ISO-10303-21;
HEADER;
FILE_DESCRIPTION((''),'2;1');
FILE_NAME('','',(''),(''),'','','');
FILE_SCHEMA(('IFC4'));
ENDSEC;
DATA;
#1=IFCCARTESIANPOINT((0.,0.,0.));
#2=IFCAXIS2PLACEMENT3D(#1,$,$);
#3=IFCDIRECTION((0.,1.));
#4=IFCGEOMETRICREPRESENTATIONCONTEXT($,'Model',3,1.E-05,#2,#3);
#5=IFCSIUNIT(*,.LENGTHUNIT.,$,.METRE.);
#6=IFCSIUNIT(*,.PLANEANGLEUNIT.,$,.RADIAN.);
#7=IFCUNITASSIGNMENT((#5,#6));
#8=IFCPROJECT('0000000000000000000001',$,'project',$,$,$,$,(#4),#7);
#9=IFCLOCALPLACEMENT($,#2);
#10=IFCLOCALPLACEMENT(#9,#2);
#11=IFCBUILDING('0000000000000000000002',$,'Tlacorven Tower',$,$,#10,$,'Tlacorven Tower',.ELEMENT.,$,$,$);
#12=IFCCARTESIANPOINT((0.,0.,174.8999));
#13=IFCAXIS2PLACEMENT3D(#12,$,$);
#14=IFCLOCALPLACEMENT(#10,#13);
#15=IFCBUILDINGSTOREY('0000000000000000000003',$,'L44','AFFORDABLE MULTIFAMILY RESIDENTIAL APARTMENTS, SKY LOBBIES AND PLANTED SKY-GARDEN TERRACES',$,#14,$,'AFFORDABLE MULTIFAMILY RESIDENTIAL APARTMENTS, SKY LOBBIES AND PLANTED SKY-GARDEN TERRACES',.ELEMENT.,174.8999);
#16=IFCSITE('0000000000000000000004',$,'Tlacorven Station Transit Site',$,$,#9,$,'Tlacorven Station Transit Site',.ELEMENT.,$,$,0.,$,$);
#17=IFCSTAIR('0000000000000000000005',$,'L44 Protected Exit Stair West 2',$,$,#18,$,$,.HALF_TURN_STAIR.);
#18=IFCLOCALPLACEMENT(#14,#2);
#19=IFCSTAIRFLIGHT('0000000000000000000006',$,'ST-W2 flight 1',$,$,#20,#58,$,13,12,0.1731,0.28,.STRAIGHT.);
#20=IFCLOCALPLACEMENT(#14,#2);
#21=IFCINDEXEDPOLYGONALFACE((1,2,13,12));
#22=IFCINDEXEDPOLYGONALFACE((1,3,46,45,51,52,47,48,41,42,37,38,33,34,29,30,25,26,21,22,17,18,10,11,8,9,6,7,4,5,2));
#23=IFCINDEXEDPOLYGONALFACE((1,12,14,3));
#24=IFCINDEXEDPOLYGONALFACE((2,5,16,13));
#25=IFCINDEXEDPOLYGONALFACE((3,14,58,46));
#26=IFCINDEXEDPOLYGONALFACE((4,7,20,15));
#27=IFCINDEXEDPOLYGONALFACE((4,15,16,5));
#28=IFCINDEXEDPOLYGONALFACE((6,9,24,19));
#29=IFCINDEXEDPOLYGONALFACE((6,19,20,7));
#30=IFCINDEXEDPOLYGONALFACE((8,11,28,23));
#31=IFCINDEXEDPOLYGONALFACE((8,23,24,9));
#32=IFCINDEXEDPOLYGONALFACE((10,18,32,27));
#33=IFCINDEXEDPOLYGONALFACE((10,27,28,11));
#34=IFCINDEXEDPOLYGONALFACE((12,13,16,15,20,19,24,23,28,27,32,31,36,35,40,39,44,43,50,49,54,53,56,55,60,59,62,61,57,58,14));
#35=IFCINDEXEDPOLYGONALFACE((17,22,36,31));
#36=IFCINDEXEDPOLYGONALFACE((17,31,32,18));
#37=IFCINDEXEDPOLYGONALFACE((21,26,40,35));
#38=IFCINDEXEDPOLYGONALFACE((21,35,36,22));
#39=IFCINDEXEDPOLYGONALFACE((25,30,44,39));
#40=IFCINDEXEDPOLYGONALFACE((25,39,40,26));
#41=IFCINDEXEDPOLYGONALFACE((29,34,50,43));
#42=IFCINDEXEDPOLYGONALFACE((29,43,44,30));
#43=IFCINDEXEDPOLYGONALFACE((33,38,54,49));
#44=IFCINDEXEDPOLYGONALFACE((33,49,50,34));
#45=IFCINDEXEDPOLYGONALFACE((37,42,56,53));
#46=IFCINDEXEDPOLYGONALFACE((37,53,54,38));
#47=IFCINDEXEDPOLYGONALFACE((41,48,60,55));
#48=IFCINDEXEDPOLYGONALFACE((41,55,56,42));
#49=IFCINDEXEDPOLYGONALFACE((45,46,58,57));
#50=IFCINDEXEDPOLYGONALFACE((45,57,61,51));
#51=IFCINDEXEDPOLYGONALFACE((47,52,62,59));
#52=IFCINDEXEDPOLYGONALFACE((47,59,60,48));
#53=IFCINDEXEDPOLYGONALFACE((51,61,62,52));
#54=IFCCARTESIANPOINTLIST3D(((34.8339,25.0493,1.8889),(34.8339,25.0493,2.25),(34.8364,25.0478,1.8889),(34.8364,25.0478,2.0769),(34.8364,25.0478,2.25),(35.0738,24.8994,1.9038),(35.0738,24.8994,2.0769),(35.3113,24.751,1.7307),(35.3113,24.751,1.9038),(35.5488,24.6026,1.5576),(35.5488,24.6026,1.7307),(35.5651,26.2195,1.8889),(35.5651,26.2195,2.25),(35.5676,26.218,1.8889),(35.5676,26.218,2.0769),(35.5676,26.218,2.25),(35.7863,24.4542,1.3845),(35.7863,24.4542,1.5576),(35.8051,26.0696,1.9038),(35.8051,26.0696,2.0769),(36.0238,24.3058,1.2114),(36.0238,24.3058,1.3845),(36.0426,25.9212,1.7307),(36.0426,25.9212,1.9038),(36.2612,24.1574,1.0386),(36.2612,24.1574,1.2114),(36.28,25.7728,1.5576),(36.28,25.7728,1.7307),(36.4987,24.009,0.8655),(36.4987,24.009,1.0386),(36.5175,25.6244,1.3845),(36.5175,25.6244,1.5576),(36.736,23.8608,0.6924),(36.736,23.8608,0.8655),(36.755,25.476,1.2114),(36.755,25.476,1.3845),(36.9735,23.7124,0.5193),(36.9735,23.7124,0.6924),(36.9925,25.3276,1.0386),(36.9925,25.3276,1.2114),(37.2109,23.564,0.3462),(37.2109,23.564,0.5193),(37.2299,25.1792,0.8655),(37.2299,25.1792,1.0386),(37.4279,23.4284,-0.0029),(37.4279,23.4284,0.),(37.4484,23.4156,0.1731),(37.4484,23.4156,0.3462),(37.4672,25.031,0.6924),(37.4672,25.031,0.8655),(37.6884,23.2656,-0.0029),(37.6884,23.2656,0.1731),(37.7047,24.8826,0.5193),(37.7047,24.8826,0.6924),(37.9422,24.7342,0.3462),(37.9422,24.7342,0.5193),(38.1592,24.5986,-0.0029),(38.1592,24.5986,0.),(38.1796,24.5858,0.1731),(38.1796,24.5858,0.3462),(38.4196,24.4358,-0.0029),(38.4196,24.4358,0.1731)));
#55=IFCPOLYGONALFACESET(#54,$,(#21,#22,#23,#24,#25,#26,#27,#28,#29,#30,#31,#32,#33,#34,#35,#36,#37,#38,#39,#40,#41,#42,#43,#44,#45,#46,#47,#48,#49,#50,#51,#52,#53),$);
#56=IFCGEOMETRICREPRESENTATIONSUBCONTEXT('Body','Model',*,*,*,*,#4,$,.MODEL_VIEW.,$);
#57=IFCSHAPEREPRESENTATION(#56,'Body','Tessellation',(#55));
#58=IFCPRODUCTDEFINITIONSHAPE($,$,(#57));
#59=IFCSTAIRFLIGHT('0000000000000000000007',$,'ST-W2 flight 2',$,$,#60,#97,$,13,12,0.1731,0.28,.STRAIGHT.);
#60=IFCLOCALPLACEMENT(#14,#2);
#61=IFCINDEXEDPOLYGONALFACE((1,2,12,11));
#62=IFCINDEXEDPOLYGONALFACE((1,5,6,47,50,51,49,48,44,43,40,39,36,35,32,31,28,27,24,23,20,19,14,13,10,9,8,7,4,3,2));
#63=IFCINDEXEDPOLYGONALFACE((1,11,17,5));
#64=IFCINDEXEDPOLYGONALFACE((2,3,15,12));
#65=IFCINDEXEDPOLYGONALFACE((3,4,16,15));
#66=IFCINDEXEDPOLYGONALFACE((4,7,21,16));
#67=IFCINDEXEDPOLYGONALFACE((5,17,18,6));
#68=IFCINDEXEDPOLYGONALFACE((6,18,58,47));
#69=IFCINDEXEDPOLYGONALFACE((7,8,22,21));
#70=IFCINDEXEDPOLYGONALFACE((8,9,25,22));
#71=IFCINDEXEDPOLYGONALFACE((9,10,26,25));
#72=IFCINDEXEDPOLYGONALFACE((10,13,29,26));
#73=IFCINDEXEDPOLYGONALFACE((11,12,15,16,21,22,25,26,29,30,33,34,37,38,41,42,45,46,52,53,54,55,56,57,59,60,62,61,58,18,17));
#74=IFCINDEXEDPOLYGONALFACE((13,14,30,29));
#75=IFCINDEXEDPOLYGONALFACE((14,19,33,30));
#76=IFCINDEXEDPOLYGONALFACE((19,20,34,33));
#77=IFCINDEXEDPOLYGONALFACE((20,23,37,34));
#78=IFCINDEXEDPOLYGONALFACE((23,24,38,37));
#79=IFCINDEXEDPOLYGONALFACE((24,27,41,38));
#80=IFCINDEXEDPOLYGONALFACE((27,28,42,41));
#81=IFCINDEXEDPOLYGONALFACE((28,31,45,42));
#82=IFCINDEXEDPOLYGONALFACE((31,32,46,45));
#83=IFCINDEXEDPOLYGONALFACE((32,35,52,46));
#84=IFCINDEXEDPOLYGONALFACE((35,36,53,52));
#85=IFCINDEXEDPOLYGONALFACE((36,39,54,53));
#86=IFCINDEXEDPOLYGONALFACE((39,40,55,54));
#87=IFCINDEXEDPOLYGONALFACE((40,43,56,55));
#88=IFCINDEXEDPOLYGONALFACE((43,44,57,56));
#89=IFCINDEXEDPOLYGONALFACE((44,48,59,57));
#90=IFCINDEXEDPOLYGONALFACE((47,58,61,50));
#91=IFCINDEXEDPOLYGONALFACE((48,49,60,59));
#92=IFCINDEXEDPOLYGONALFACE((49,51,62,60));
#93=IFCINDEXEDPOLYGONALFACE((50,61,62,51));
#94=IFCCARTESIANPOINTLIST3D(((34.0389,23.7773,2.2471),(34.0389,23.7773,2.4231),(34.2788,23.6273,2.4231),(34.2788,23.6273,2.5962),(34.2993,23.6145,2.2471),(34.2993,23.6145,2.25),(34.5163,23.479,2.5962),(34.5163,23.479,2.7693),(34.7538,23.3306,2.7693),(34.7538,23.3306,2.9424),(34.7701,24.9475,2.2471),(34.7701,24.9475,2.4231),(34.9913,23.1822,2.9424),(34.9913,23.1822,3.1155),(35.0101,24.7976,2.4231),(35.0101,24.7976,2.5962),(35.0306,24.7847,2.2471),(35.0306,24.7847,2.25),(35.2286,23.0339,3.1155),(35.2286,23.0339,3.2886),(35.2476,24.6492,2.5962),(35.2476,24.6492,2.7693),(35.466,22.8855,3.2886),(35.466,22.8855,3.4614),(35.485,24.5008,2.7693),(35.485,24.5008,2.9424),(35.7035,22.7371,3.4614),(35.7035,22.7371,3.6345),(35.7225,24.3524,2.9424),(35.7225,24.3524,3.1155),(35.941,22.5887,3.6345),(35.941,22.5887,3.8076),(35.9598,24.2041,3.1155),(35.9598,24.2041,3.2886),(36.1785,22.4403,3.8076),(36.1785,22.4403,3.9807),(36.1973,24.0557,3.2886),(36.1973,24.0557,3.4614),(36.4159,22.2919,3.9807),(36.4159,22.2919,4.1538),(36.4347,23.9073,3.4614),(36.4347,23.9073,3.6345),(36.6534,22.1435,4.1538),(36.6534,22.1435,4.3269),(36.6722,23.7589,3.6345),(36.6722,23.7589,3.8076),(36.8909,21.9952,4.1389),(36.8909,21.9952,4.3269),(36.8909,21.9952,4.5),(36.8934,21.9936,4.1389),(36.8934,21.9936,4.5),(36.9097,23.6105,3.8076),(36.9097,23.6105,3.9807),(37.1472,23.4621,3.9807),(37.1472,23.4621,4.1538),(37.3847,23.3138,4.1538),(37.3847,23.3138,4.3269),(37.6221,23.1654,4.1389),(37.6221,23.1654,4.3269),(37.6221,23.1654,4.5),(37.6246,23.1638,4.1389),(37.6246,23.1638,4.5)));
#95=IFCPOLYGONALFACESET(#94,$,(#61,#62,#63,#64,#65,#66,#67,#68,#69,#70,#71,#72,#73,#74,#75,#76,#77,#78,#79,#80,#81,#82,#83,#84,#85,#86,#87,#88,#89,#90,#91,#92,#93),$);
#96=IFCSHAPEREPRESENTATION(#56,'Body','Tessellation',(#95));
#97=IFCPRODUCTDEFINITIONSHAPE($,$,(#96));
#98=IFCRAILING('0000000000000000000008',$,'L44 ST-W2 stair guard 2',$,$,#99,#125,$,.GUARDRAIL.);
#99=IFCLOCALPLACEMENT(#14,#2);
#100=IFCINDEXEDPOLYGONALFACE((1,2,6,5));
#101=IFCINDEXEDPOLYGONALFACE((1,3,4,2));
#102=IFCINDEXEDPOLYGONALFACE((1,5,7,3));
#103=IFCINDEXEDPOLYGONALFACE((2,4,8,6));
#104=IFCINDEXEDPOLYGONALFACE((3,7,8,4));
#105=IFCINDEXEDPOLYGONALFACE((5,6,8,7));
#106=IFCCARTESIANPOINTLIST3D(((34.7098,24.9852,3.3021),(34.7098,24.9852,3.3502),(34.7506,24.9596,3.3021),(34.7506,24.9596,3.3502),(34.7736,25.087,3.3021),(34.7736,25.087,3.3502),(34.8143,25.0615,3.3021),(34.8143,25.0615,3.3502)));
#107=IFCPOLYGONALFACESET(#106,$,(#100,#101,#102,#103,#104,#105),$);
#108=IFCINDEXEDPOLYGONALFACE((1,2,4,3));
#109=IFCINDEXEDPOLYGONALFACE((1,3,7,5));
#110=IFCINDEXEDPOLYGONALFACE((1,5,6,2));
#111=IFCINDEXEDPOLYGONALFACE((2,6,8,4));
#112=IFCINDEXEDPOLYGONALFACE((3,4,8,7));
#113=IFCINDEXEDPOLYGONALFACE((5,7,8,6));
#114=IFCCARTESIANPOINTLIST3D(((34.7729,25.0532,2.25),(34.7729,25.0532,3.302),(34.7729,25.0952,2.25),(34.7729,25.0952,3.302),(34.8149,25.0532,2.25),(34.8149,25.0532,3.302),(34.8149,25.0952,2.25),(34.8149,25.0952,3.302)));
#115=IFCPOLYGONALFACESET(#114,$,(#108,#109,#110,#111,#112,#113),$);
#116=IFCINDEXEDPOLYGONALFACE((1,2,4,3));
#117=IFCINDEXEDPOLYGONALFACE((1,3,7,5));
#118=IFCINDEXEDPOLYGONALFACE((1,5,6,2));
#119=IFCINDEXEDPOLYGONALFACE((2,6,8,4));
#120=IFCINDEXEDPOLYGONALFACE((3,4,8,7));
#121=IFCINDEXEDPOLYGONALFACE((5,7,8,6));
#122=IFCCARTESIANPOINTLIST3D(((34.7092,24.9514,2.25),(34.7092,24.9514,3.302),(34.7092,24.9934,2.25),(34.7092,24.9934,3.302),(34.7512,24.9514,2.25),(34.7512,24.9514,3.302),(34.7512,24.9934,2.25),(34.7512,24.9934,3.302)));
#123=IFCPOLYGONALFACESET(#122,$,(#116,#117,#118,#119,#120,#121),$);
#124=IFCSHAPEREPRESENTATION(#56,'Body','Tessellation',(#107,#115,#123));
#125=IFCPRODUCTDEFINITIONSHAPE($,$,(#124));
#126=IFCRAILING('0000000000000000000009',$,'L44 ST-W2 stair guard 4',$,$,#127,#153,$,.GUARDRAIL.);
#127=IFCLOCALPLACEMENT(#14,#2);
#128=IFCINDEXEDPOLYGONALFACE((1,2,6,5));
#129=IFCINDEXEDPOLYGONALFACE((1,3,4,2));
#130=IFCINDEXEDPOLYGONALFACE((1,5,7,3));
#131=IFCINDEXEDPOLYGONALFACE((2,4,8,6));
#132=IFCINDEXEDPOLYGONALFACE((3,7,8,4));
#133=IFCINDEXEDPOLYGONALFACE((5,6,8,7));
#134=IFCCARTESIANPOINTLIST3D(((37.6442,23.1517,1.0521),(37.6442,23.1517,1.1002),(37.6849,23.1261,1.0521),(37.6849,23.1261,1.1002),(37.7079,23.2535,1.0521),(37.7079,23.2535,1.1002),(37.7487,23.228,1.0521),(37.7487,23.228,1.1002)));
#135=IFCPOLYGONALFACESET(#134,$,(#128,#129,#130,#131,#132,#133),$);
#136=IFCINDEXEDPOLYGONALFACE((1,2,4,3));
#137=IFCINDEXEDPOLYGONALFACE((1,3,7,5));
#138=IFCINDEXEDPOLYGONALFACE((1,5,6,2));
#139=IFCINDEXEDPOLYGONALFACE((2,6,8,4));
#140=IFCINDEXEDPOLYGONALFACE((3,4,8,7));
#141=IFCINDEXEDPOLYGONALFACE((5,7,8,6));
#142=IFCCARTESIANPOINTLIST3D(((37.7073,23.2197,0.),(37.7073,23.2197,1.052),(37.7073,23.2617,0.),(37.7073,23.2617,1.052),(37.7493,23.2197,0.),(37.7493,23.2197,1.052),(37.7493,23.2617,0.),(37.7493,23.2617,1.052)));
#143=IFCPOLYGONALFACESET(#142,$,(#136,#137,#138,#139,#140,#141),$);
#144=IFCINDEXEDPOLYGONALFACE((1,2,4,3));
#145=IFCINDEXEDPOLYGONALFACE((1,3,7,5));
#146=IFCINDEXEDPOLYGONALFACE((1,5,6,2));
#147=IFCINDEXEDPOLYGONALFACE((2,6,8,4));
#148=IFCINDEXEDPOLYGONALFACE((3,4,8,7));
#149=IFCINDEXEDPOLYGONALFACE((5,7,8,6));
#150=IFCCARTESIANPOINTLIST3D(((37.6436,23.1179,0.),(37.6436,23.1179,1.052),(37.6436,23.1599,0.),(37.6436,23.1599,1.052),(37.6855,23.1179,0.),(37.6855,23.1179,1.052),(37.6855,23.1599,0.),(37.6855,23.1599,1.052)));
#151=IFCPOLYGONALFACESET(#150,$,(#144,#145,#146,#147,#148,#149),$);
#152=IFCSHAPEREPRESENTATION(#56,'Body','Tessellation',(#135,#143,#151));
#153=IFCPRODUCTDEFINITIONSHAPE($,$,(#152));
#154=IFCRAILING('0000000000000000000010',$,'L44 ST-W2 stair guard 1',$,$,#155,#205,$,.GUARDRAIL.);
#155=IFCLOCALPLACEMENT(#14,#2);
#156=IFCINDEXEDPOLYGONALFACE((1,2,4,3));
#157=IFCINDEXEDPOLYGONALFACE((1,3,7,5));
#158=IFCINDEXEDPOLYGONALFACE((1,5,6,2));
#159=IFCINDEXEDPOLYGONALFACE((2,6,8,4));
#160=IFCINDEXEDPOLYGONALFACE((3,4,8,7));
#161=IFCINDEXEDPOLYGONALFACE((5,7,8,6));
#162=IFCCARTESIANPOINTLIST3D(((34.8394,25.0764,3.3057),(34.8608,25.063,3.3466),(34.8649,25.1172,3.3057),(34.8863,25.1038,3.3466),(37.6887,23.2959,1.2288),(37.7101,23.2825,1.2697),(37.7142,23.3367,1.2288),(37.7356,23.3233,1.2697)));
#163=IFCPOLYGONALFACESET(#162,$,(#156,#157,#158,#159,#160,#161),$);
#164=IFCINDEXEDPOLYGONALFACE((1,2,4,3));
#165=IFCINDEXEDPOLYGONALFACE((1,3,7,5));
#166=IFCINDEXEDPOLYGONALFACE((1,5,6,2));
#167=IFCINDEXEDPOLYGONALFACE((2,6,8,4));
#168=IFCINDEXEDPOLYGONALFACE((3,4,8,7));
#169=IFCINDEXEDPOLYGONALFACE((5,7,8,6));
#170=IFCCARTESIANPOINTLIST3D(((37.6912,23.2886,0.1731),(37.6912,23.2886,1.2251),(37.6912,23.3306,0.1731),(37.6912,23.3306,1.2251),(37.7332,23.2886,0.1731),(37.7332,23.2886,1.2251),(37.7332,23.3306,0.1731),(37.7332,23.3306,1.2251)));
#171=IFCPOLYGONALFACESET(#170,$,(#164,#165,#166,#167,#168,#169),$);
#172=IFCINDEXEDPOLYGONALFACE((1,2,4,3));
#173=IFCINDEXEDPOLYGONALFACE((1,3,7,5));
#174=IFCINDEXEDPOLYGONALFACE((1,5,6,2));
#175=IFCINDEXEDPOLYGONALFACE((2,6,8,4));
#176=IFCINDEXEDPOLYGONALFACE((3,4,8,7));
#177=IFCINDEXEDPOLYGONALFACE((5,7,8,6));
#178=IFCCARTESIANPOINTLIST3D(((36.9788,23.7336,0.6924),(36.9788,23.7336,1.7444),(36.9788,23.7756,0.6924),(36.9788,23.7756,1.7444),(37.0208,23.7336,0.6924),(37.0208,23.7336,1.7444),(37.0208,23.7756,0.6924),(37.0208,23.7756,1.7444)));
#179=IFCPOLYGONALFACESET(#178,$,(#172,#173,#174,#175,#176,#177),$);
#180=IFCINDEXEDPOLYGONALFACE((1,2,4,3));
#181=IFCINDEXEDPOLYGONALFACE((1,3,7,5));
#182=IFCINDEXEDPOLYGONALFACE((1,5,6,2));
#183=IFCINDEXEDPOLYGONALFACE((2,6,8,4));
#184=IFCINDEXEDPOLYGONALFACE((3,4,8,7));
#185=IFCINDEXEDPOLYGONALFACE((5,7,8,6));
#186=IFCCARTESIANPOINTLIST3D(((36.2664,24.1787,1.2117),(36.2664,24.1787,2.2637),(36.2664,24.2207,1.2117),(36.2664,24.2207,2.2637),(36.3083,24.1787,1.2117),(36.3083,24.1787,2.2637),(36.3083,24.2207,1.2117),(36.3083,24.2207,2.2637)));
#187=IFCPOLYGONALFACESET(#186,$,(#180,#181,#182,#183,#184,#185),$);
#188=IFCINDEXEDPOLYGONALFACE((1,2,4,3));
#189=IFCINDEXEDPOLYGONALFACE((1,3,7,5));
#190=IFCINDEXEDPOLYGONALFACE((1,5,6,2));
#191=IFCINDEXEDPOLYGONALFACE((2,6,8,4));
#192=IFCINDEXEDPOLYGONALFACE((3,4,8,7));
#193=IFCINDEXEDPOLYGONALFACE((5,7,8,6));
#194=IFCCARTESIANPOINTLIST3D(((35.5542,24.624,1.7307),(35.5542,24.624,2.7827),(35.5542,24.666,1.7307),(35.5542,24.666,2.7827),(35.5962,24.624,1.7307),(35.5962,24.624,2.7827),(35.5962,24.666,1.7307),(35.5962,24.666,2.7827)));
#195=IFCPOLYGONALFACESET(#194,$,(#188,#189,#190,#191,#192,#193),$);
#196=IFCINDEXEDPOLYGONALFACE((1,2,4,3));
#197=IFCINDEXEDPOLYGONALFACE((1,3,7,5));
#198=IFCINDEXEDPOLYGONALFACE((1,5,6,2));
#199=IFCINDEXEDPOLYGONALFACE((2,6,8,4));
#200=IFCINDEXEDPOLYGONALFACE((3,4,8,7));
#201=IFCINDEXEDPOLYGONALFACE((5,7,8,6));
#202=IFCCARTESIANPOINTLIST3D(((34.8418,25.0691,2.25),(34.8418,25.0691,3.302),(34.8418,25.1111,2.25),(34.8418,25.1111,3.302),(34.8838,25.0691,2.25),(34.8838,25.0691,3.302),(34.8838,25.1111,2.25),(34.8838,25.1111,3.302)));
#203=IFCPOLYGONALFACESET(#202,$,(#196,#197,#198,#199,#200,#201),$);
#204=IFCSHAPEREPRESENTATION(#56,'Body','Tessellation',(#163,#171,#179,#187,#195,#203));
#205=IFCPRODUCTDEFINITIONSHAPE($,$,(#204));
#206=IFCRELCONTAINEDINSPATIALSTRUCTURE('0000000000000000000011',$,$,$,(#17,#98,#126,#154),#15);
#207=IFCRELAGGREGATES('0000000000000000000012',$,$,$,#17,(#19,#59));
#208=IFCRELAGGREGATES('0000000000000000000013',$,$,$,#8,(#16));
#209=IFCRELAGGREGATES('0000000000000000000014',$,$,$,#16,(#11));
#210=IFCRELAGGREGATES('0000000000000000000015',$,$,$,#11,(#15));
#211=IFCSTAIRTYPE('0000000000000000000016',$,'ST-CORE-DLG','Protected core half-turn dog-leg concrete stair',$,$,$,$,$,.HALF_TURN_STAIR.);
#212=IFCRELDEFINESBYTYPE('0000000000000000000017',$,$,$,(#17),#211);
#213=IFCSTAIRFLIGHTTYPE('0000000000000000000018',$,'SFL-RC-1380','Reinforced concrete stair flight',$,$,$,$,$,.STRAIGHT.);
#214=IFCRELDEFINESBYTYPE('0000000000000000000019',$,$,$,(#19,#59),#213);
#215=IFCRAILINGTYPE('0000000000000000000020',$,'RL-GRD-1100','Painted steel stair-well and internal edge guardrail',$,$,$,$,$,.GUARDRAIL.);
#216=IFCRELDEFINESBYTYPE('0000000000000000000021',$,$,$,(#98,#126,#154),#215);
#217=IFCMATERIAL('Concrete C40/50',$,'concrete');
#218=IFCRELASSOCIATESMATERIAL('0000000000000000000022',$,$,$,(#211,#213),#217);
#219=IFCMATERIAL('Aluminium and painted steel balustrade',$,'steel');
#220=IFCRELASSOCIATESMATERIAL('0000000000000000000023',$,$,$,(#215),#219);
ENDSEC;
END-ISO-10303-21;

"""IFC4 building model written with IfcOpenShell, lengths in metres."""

from ifc_helpers import new_model, si_unit, direction, frame, origin, origin_2d, place, context, subcontext, project, spatial, polyline, rectangle, outline, extrude, source, transform, mapped, material, type_object, element, aggregate, save


model = new_model("IFC4")

# Units and contexts
model_context = context("Model", 3, precision=1e-05, world=origin(), true_north=direction((0.0, 1.0)))
body_context = subcontext(model_context, "Body", "Model", "MODEL_VIEW")
ifc_project = project(units=[si_unit("LENGTHUNIT", "METRE"), si_unit("PLANEANGLEUNIT", "RADIAN")], contexts=[model_context])

# Site, building, storey
site_placement = place(None, origin())
site = spatial("IfcSite", under=ifc_project, at=site_placement, Name="Tlacorven Station Transit Site", LongName="Tlacorven Station Transit Site", CompositionType="ELEMENT", RefElevation=0.0)
building_placement = place(site_placement, origin())
building = spatial("IfcBuilding", under=site, at=building_placement, Name="Tlacorven Tower", LongName="Tlacorven Tower", CompositionType="ELEMENT")
storey_placement = place(building_placement, frame((0.0, 0.0, 174.8999)))
storey = spatial("IfcBuildingStorey", under=building, at=storey_placement, Name="L44", Description="AFFORDABLE MULTIFAMILY RESIDENTIAL APARTMENTS, SKY LOBBIES AND PLANTED SKY-GARDEN TERRACES", LongName="AFFORDABLE MULTIFAMILY RESIDENTIAL APARTMENTS, SKY LOBBIES AND PLANTED SKY-GARDEN TERRACES", CompositionType="ELEMENT", Elevation=174.8999)

# Stair, stair flights
ifc_material_1 = material(Name="Concrete C40/50", Category="concrete")
stair_type = type_object("IfcStairType", Name="ST-CORE-DLG", Description="Protected core half-turn dog-leg concrete stair", PredefinedType="HALF_TURN_STAIR", material=ifc_material_1)
stair_placement = place(storey_placement, origin())
stair = element("IfcStair", 1, at=stair_placement, inside=storey, type_object=stair_type, Name="L44 Protected Exit Stair West 2", PredefinedType="HALF_TURN_STAIR")
stair_flight_type = type_object("IfcStairFlightType", Name="SFL-RC-1380", Description="Reinforced concrete stair flight", PredefinedType="STRAIGHT", material=ifc_material_1)
shared_shape_1 = source(origin(), body_context, "Body", "SweptSolid", [
    extrude(outline(polyline([(-0.0029, -0.0029), (-0.0029, 0.1731), (0.28, 0.1731), (0.28, 0.3462), (0.5601, 0.3462), (0.5601, 0.5193), (0.8401, 0.5193), (0.8401, 0.6924), (1.1201, 0.6924), (1.1201, 0.8655), (1.3999, 0.8655), (1.3999, 1.0386), (1.6799, 1.0386), (1.6799, 1.2114), (1.96, 1.2114), (1.96, 1.3845), (2.24, 1.3845), (2.24, 1.5576), (2.52, 1.5576), (2.52, 1.7307), (2.8, 1.7307), (2.8, 1.9038), (3.0801, 1.9038), (3.0801, 2.0769), (3.3601, 2.0769), (3.3601, 2.25), (3.363, 2.25), (3.363, 1.8889), (3.3601, 1.8889), (0.3042, 0.0), (0.3042, -0.0029), (-0.0029, -0.0029)])), frame((0.0, 0.6899, 0.0), z_axis=(0.0, -1.0, 0.0), x_axis=(1.0, 0.0, 0.0)), (0.0, 0.0, 1.0), 1.3799),
])
stair_flight_1_placement = place(storey_placement, frame((38.0515, 23.8523, 0.0), z_axis=(0.0, 0.0, 1.0), x_axis=(-0.848048, 0.529919, 0.0)))
stair_flight_1 = element("IfcStairFlight", 2, at=stair_flight_1_placement, type_object=stair_flight_type, Name="ST-W2 flight 1", NumberOfRisers=13, NumberOfTreads=12, PredefinedType="STRAIGHT", RiserHeight=0.1731, TreadLength=0.28, context=body_context, shape_type="MappedRepresentation", body=[
    mapped(shared_shape_1, transform((0.0, 0.0, 0.0), scale=1.0)),
])
stair_flight_2_placement = place(storey_placement, frame((34.407, 24.3608, 2.25), z_axis=(0.0, 0.0, 1.0), x_axis=(0.848048, -0.529919, 0.0)))
stair_flight_2 = element("IfcStairFlight", 3, at=stair_flight_2_placement, type_object=stair_flight_type, Name="ST-W2 flight 2", NumberOfRisers=13, NumberOfTreads=12, PredefinedType="STRAIGHT", RiserHeight=0.1731, TreadLength=0.28, context=body_context, shape_type="MappedRepresentation", body=[
    mapped(shared_shape_1, transform((0.0, 0.0, 0.0), scale=1.0)),
])
aggregate(stair, [stair_flight_1, stair_flight_2])

# Railings
ifc_material_2 = material(Name="Aluminium and painted steel balustrade", Category="steel")
railing_type_1 = type_object("IfcRailingType", Name="RL-GRD-1100", Description="Painted steel stair-well and internal edge guardrail", PredefinedType="GUARDRAIL", material=ifc_material_2)
shared_shape_2 = source(origin(), body_context, "Body", "SweptSolid", [
    extrude(rectangle(XDim=0.0481, YDim=0.0481, at=origin_2d()), frame((0.0, 0.0, 1.0762), z_axis=(-0.530547, -0.847656, 0.0), x_axis=(0.847656, -0.530547, 0.0)), (0.0, 0.0, 1.0), 0.1201),
    extrude(rectangle(XDim=0.042, YDim=0.042, at=origin_2d()), origin(), (0.0, 0.0, 1.0), 1.052),
    extrude(rectangle(XDim=0.042, YDim=0.042, at=origin_2d()), frame((-0.0637, -0.1018, 0.0)), (0.0, 0.0, 1.0), 1.052),
])
for number, where, name in (
    (4, (34.7939, 25.0742, 2.25), "L44 ST-W2 stair guard 2"),
    (5, (37.7283, 23.2407, 0.0), "L44 ST-W2 stair guard 4"),
):
    element("IfcRailing", number, at=place(storey_placement, frame(where)), inside=storey, type_object=railing_type_1, Name=name, PredefinedType="GUARDRAIL", context=body_context, shape_type="MappedRepresentation", body=[
        mapped(shared_shape_2, transform((0.0, 0.0, 0.0), scale=1.0)),
    ])
shared_shape_3 = source(origin(), body_context, "Body", "SweptSolid", [
    extrude(rectangle(XDim=0.0481, YDim=0.0481, at=origin_2d()), frame((0.0, 0.0, 1.0762), z_axis=(-0.721355, 0.450762, 0.525796), x_axis=(-0.529927, -0.848043, 0.0)), (0.0, 0.0, 1.0), 3.95),
    extrude(rectangle(XDim=0.042, YDim=0.042, at=origin_2d()), origin(), (0.0, 0.0, 1.0), 1.052),
    extrude(rectangle(XDim=0.042, YDim=0.042, at=origin_2d()), frame((-0.7124, 0.4451, 0.5193)), (0.0, 0.0, 1.0), 1.052),
    extrude(rectangle(XDim=0.042, YDim=0.042, at=origin_2d()), frame((-1.4248, 0.8901, 1.0386)), (0.0, 0.0, 1.0), 1.052),
    extrude(rectangle(XDim=0.042, YDim=0.042, at=origin_2d()), frame((-2.137, 1.3354, 1.5576)), (0.0, 0.0, 1.0), 1.052),
    extrude(rectangle(XDim=0.042, YDim=0.042, at=origin_2d()), frame((-2.8494, 1.7805, 2.0769)), (0.0, 0.0, 1.0), 1.052),
])
railing_1_placement = place(storey_placement, frame((37.7122, 23.3096, 0.1731)))
element("IfcRailing", 6, at=railing_1_placement, inside=storey, type_object=railing_type_1, Name="L44 ST-W2 stair guard 1", PredefinedType="GUARDRAIL", context=body_context, shape_type="MappedRepresentation", body=[
    mapped(shared_shape_3, transform((0.0, 0.0, 0.0), scale=1.0)),
])

save(model, "model.ifc")
